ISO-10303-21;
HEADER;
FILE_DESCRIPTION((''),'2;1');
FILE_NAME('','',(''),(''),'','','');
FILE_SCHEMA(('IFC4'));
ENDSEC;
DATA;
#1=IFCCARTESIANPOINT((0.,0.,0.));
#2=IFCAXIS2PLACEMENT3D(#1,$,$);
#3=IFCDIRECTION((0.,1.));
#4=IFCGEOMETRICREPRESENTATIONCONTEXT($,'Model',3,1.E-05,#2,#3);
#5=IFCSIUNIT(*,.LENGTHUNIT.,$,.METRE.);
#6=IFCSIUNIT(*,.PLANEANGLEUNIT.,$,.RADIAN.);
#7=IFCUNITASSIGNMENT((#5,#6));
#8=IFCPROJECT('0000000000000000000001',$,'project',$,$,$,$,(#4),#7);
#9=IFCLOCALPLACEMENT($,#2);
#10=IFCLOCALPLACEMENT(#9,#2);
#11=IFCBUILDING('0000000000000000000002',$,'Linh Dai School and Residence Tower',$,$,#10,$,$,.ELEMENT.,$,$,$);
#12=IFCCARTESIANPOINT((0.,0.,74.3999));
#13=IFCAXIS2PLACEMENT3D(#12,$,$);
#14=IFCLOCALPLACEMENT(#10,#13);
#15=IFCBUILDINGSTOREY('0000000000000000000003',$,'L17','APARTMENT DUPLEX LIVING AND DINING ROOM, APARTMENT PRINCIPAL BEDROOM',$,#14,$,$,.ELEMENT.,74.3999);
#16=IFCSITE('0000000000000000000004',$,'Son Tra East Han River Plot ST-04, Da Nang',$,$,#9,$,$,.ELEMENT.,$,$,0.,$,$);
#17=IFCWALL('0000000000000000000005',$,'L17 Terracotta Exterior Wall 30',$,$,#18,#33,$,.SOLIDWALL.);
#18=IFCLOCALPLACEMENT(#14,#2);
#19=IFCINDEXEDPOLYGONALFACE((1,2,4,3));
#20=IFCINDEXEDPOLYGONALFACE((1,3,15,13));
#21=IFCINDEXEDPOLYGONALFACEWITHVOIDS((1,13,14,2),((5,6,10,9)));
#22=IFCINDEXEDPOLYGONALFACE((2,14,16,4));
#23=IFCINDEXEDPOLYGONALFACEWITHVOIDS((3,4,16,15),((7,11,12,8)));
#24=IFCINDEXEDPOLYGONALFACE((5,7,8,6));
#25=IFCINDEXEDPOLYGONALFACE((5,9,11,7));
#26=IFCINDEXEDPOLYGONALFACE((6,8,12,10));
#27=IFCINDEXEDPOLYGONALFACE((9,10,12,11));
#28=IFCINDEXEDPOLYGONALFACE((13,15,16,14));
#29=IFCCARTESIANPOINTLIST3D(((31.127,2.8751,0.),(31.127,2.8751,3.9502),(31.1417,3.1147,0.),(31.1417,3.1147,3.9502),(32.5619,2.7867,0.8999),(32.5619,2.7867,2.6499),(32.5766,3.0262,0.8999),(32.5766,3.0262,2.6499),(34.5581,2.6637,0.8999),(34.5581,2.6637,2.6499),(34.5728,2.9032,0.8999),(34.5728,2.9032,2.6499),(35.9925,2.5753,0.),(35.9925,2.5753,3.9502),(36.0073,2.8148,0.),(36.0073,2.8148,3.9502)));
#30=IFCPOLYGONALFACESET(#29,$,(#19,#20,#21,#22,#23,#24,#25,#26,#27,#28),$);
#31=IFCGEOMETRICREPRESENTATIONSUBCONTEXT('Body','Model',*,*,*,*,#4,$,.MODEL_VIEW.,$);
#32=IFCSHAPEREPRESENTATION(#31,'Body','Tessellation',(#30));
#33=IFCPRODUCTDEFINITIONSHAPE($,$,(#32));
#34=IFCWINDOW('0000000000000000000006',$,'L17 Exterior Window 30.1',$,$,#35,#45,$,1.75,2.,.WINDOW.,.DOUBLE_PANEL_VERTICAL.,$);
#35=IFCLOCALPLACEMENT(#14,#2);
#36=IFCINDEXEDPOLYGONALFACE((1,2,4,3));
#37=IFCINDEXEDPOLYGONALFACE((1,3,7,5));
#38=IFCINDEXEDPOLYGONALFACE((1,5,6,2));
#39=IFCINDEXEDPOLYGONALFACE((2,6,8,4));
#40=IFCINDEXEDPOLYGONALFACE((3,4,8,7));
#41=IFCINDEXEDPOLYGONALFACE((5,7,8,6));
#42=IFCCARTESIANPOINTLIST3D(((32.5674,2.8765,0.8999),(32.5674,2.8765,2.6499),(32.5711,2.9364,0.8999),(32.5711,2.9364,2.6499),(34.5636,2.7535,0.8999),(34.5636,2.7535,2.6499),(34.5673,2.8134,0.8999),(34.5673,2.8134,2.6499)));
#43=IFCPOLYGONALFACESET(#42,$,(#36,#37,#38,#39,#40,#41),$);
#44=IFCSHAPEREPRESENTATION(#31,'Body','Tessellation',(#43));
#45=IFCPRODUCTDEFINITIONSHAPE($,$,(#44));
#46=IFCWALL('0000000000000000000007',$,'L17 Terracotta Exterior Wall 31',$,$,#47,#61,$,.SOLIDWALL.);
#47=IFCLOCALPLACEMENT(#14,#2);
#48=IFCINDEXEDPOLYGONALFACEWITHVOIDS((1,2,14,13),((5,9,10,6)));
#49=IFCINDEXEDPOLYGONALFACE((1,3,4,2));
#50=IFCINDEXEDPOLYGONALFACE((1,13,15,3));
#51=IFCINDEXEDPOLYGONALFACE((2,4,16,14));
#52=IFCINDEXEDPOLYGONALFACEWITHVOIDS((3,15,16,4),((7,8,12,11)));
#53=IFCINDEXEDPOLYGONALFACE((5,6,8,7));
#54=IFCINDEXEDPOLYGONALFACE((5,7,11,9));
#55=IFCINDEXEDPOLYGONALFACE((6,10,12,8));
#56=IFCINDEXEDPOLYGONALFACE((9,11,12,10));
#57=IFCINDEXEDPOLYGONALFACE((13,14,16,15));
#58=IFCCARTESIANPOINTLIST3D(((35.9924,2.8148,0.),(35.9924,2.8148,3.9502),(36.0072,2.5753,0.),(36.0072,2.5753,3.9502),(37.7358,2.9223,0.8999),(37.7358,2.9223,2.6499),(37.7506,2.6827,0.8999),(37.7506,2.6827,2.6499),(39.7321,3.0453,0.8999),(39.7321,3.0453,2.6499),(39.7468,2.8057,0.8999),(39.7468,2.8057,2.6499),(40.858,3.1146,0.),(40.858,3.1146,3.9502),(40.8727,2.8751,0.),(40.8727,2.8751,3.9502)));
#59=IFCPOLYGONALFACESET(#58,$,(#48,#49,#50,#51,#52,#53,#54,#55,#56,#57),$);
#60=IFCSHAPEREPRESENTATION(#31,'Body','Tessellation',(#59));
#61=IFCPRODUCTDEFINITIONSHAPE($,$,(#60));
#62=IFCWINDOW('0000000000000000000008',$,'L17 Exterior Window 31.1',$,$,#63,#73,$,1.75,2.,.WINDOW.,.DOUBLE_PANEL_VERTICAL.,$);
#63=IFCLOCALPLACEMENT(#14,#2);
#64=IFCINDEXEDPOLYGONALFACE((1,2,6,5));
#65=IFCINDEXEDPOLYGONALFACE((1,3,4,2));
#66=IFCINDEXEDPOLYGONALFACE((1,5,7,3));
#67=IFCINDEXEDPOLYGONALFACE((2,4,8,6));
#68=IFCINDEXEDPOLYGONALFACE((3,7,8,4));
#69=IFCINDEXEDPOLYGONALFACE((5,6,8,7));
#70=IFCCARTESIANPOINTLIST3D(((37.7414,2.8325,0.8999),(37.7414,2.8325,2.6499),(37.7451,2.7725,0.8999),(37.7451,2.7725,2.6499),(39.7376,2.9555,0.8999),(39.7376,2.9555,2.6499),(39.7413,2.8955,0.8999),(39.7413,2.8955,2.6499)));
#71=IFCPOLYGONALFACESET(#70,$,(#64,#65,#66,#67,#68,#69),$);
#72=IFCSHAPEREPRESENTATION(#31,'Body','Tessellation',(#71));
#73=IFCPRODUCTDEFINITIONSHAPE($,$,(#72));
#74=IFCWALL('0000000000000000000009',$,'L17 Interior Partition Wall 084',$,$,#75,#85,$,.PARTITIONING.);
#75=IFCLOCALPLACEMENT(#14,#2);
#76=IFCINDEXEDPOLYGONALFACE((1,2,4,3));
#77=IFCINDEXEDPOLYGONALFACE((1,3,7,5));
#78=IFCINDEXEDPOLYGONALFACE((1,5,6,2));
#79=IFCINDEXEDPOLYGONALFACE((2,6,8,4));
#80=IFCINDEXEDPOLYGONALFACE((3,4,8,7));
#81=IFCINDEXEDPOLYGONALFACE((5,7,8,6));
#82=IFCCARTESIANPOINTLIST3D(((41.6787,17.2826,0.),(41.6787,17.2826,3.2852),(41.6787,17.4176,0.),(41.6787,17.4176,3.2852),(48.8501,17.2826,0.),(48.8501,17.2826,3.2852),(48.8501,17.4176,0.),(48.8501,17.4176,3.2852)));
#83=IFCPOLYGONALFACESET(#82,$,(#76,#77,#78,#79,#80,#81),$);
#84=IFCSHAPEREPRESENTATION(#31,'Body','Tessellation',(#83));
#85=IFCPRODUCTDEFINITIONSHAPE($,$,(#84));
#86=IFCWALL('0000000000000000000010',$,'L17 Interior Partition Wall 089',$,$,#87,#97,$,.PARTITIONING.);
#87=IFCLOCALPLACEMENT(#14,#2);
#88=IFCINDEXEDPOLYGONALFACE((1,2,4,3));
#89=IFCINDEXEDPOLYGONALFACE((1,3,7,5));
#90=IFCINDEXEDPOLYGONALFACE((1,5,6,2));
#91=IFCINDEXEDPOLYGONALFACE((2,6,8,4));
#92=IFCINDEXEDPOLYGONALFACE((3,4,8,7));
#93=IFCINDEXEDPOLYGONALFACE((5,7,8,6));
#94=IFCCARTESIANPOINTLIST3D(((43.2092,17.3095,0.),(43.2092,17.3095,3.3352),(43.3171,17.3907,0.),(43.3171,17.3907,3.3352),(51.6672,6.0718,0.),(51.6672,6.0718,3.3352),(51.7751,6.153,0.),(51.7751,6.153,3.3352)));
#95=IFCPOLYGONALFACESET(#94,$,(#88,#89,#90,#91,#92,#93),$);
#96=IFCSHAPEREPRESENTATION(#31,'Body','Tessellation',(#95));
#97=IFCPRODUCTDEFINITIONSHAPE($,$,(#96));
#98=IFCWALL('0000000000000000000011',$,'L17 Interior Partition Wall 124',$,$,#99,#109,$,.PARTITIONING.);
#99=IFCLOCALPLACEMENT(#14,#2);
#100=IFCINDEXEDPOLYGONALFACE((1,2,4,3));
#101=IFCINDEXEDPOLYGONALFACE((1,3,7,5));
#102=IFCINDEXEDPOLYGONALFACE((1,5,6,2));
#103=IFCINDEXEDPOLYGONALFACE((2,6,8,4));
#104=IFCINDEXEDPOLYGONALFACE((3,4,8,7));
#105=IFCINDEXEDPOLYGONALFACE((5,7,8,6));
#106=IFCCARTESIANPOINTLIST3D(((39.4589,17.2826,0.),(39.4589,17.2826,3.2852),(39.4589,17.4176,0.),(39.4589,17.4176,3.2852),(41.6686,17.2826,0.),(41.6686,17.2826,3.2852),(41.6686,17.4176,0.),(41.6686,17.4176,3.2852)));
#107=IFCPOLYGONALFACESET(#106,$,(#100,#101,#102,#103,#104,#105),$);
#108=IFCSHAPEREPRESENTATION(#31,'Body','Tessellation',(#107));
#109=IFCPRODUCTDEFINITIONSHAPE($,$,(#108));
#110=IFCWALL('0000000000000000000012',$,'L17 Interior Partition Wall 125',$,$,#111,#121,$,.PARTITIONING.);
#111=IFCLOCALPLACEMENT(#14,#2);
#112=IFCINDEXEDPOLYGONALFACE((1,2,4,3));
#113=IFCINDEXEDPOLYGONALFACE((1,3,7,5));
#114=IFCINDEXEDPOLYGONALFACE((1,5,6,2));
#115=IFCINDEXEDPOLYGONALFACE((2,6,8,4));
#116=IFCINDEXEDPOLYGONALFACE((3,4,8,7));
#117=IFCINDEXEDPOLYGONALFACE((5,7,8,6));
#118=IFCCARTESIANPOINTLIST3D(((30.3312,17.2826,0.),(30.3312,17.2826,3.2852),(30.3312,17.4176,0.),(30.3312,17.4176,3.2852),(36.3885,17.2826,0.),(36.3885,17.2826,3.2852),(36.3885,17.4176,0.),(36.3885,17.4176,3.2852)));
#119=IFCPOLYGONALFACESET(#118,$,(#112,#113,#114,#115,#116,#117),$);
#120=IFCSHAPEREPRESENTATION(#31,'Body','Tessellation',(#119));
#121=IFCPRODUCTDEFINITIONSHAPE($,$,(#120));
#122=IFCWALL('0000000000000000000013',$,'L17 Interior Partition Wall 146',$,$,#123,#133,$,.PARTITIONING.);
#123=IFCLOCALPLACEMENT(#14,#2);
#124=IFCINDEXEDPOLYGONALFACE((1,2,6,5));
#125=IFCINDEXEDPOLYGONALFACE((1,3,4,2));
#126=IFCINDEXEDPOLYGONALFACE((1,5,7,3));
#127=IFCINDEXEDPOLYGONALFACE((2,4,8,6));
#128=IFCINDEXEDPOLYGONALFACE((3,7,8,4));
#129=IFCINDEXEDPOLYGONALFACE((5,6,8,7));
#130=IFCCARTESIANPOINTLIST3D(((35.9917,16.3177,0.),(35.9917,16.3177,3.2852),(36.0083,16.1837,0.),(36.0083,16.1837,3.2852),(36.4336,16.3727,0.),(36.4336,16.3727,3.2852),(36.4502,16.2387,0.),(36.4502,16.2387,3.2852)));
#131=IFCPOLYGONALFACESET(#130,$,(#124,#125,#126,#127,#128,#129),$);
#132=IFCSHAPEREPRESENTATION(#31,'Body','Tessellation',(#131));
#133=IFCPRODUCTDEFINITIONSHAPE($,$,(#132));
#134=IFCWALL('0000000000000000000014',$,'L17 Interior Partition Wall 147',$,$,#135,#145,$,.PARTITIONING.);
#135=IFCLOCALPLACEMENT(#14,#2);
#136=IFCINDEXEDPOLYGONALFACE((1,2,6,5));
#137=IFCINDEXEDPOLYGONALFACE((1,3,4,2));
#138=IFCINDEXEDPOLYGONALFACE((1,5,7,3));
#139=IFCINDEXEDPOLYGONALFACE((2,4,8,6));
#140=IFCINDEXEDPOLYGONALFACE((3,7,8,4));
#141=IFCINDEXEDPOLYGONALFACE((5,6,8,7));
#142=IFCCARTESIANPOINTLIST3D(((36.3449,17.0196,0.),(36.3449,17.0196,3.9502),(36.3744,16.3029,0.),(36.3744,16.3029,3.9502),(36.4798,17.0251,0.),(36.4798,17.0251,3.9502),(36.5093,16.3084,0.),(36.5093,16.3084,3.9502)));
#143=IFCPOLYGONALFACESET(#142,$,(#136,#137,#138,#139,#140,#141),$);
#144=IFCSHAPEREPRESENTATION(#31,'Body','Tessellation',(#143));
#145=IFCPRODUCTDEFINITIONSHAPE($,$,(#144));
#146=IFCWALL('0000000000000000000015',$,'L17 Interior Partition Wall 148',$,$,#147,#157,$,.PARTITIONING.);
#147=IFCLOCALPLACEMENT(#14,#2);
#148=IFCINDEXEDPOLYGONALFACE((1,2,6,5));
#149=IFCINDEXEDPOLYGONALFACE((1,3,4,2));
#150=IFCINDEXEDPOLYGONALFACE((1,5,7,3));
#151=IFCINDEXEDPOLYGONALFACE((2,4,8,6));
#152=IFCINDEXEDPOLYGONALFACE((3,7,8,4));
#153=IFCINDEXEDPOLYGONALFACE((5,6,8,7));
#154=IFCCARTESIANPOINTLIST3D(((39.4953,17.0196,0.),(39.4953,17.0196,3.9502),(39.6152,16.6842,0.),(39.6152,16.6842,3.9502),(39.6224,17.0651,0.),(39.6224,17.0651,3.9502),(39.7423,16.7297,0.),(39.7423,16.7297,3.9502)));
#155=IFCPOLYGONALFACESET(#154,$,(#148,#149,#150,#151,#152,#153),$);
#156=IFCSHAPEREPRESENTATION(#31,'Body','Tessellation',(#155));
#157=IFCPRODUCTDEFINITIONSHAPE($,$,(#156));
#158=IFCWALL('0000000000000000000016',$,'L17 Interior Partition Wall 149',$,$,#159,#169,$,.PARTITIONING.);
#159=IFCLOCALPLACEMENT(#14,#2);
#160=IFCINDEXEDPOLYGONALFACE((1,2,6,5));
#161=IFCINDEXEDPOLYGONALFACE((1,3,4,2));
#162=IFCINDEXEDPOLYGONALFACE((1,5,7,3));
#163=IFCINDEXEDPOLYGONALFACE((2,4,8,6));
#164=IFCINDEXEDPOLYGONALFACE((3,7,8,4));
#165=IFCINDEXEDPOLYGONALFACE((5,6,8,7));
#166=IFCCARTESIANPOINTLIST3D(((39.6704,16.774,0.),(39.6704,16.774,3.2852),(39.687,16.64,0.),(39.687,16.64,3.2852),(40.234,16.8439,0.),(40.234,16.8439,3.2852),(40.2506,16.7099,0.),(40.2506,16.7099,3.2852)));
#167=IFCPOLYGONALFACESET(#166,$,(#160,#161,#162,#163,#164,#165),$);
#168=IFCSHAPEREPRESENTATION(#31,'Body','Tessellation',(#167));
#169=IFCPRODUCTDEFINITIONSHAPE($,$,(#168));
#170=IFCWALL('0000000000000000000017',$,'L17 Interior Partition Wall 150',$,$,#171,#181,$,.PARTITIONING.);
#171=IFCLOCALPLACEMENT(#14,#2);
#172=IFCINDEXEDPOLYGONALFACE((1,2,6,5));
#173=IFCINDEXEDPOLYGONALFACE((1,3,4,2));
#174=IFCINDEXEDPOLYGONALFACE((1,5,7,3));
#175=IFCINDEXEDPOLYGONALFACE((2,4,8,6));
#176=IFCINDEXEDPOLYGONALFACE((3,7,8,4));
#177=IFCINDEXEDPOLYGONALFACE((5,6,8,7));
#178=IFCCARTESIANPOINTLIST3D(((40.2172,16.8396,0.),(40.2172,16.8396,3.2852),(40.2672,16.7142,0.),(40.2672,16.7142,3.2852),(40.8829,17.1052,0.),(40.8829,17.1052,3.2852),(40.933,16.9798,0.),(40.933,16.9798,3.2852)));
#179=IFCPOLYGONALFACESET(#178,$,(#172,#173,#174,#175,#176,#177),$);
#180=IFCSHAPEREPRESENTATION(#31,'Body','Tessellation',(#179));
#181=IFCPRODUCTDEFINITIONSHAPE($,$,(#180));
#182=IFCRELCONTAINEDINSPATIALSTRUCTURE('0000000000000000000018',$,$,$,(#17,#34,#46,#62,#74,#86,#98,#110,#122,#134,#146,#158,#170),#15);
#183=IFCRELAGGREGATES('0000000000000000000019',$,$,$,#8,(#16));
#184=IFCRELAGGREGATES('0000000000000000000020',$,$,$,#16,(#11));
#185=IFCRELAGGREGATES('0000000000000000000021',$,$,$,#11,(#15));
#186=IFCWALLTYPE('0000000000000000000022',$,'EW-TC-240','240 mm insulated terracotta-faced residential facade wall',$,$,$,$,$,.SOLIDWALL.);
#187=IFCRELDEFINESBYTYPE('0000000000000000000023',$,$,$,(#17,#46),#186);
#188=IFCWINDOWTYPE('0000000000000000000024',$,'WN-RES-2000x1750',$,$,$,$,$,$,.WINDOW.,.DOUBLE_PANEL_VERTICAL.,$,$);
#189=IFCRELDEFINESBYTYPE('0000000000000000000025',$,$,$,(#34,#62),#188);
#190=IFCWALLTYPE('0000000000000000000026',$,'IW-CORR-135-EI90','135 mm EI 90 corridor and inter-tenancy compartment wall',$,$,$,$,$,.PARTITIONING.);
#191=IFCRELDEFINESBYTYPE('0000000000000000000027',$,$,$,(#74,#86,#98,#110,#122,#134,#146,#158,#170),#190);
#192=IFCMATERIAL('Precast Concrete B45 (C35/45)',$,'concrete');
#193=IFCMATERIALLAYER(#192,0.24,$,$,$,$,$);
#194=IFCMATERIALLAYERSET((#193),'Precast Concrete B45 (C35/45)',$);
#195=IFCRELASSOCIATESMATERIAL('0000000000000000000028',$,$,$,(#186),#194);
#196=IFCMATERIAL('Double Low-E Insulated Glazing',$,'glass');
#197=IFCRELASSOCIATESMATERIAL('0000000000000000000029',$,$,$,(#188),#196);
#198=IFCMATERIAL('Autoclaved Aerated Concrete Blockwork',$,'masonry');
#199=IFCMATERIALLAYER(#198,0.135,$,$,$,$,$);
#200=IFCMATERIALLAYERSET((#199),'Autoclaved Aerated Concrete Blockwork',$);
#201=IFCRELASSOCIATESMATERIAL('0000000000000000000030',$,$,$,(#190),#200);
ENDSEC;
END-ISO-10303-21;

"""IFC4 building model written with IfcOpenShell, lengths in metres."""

from ifc_helpers import new_model, si_unit, direction, frame, frame_2d, origin, origin_2d, place, context, subcontext, project, spatial, rectangle, extrude, source, transform, mapped, material, layer, layer_set, type_object, element, fill, save


model = new_model("IFC4")

# Units and contexts
model_context = context("Model", 3, precision=1e-05, world=origin(), true_north=direction((0.0, 1.0)))
body_context = subcontext(model_context, "Body", "Model", "MODEL_VIEW")
ifc_project = project(units=[si_unit("LENGTHUNIT", "METRE"), si_unit("PLANEANGLEUNIT", "RADIAN")], contexts=[model_context])

# Site, building, storey
site_placement = place(None, origin())
site = spatial("IfcSite", under=ifc_project, at=site_placement, Name="Son Tra East Han River Plot ST-04, Da Nang", CompositionType="ELEMENT", RefElevation=0.0)
building_placement = place(site_placement, origin())
building = spatial("IfcBuilding", under=site, at=building_placement, Name="Linh Dai School and Residence Tower", CompositionType="ELEMENT")
storey_placement = place(building_placement, frame((0.0, 0.0, 74.3999)))
storey = spatial("IfcBuildingStorey", under=building, at=storey_placement, Name="L17", Description="APARTMENT DUPLEX LIVING AND DINING ROOM, APARTMENT PRINCIPAL BEDROOM", CompositionType="ELEMENT", Elevation=74.3999)

# Walls, openings, windows
ifc_material_1 = material(Name="Precast Concrete B45 (C35/45)", Category="concrete")
ifc_layer_1 = layer(ifc_material_1, 0.24)
ifc_layer_set_1 = layer_set([ifc_layer_1], Name="Precast Concrete B45 (C35/45)")
wall_type_1 = type_object("IfcWallType", Name="EW-TC-240", Description="240 mm insulated terracotta-faced residential facade wall", PredefinedType="SOLIDWALL", material=ifc_layer_set_1)
wall_1_placement = place(storey_placement, frame((36.0, 2.6951, 0.0), z_axis=(0.0, 0.0, 1.0), x_axis=(-0.998107, 0.061502, 0.0)))
wall_1 = element("IfcWall", 1, at=wall_1_placement, inside=storey, type_object=wall_type_1, Name="L17 Terracotta Exterior Wall 30", PredefinedType="SOLIDWALL", context=body_context, shape_type="SweptSolid", body=[
    extrude(rectangle(XDim=4.8748, YDim=0.24, at=frame_2d((2.4375, 0.0))), origin(), (0.0, 0.0, 1.0), 3.9502),
])
opening_1_placement = place(wall_1_placement, frame((1.4373, 0.0, 0.8999)))
opening_1 = element("IfcOpeningElement", 2, at=opening_1_placement, cuts=wall_1, PredefinedType="OPENING", context=body_context, shape_type="SweptSolid", body=[
    extrude(rectangle(XDim=2.0, YDim=1.75, at=origin_2d()), frame((1.0, 0.1299, 0.875), z_axis=(0.0, -1.0, 0.0), x_axis=(1.0, 0.0, 0.0)), (0.0, 0.0, 1.0), 0.26),
])
ifc_material_2 = material(Name="Double Low-E Insulated Glazing", Category="glass")
window_type = type_object("IfcWindowType", Name="WN-RES-2000x1750", PartitioningType="DOUBLE_PANEL_VERTICAL", PredefinedType="WINDOW", material=ifc_material_2)
shared_shape_1 = source(origin(), body_context, "Body", "SweptSolid", [
    extrude(rectangle(XDim=2.0, YDim=1.75, at=origin_2d()), frame((1.0, 0.03, 0.875), z_axis=(0.0, -1.0, 0.0), x_axis=(1.0, 0.0, 0.0)), (0.0, 0.0, 1.0), 0.0601),
])
window_1_placement = place(opening_1_placement, origin())
window_1 = element("IfcWindow", 3, at=window_1_placement, inside=storey, type_object=window_type, Name="L17 Exterior Window 30.1", OverallHeight=1.75, OverallWidth=2.0, PartitioningType="DOUBLE_PANEL_VERTICAL", PredefinedType="WINDOW", context=body_context, shape_type="MappedRepresentation", body=[
    mapped(shared_shape_1, transform((0.0, 0.0, 0.0), x_axis=(1.0, 0.0, 0.0), y_axis=(0.0, 1.0, 0.0), z_axis=(0.0, 0.0, 1.0), scale=1.0)),
])
fill(opening_1, window_1)
wall_2_placement = place(storey_placement, frame((40.8655, 2.9949, 0.0), z_axis=(0.0, 0.0, 1.0), x_axis=(-0.998107, -0.061502, 0.0)))
wall_2 = element("IfcWall", 4, at=wall_2_placement, inside=storey, type_object=wall_type_1, Name="L17 Terracotta Exterior Wall 31", PredefinedType="SOLIDWALL", context=body_context, shape_type="SweptSolid", body=[
    extrude(rectangle(XDim=4.8748, YDim=0.24, at=frame_2d((2.4375, 0.0))), origin(), (0.0, 0.0, 1.0), 3.9502),
])
opening_2_placement = place(wall_2_placement, frame((1.1282, 0.0, 0.8999)))
opening_2 = element("IfcOpeningElement", 5, at=opening_2_placement, cuts=wall_2, PredefinedType="OPENING", context=body_context, shape_type="SweptSolid", body=[
    extrude(rectangle(XDim=2.0, YDim=1.75, at=origin_2d()), frame((1.0, 0.1299, 0.875), z_axis=(0.0, -1.0, 0.0), x_axis=(1.0, 0.0, 0.0)), (0.0, 0.0, 1.0), 0.26),
])
window_2_placement = place(opening_2_placement, origin())
window_2 = element("IfcWindow", 6, at=window_2_placement, inside=storey, type_object=window_type, Name="L17 Exterior Window 31.1", OverallHeight=1.75, OverallWidth=2.0, PartitioningType="DOUBLE_PANEL_VERTICAL", PredefinedType="WINDOW", context=body_context, shape_type="MappedRepresentation", body=[
    mapped(shared_shape_1, transform((0.0, 0.0, 0.0), x_axis=(1.0, 0.0, 0.0), y_axis=(0.0, 1.0, 0.0), z_axis=(0.0, 0.0, 1.0), scale=1.0)),
])
fill(opening_2, window_2)

# Shared definitions
ifc_material_3 = material(Name="Autoclaved Aerated Concrete Blockwork", Category="masonry")
ifc_layer_2 = layer(ifc_material_3, 0.135)
ifc_layer_set_2 = layer_set([ifc_layer_2], Name="Autoclaved Aerated Concrete Blockwork")
wall_type_2 = type_object("IfcWallType", Name="IW-CORR-135-EI90", Description="135 mm EI 90 corridor and inter-tenancy compartment wall", PredefinedType="PARTITIONING", material=ifc_layer_set_2)

# Walls
wall_3_placement = place(storey_placement, frame((41.6787, 17.3501, 0.0), z_axis=(0.0, 0.0, 1.0), x_axis=(1.0, 0.0, 0.0)))
element("IfcWall", 7, at=wall_3_placement, inside=storey, type_object=wall_type_2, Name="L17 Interior Partition Wall 084", PredefinedType="PARTITIONING", context=body_context, shape_type="SweptSolid", body=[
    extrude(rectangle(XDim=7.1714, YDim=0.135, at=frame_2d((3.5857, 0.0))), origin(), (0.0, 0.0, 1.0), 3.2852),
])
wall_4_placement = place(storey_placement, frame((43.2632, 17.3501, 0.0), z_axis=(0.0, 0.0, 1.0), x_axis=(0.601349, -0.798987, 0.0)))
element("IfcWall", 8, at=wall_4_placement, inside=storey, type_object=wall_type_2, Name="L17 Interior Partition Wall 089", PredefinedType="PARTITIONING", context=body_context, shape_type="SweptSolid", body=[
    extrude(rectangle(XDim=14.0649, YDim=0.135, at=frame_2d((7.0325, 0.0))), origin(), (0.0, 0.0, 1.0), 3.3352),
])
wall_5_placement = place(storey_placement, frame((41.6687, 17.3501, 0.0), z_axis=(0.0, 0.0, 1.0), x_axis=(-1.0, 0.0, 0.0)))
element("IfcWall", 9, at=wall_5_placement, inside=storey, type_object=wall_type_2, Name="L17 Interior Partition Wall 124", PredefinedType="PARTITIONING", context=body_context, shape_type="SweptSolid", body=[
    extrude(rectangle(XDim=2.2097, YDim=0.135, at=frame_2d((1.105, 0.0))), origin(), (0.0, 0.0, 1.0), 3.2852),
])
wall_6_placement = place(storey_placement, frame((36.3887, 17.3501, 0.0), z_axis=(0.0, 0.0, 1.0), x_axis=(-1.0, 0.0, 0.0)))
element("IfcWall", 10, at=wall_6_placement, inside=storey, type_object=wall_type_2, Name="L17 Interior Partition Wall 125", PredefinedType="PARTITIONING", context=body_context, shape_type="SweptSolid", body=[
    extrude(rectangle(XDim=6.0574, YDim=0.135, at=frame_2d((3.0288, 0.0))), origin(), (0.0, 0.0, 1.0), 3.2852),
])
wall_7_placement = place(storey_placement, frame((36.0, 16.2507, 0.0), z_axis=(0.0, 0.0, 1.0), x_axis=(0.992362, 0.12336, 0.0)))
element("IfcWall", 11, at=wall_7_placement, inside=storey, type_object=wall_type_2, Name="L17 Interior Partition Wall 146", PredefinedType="PARTITIONING", context=body_context, shape_type="SweptSolid", body=[
    extrude(rectangle(XDim=0.4453, YDim=0.135, at=frame_2d((0.2227, 0.0))), origin(), (0.0, 0.0, 1.0), 3.2852),
])
wall_8_placement = place(storey_placement, frame((36.4419, 16.3057, 0.0), z_axis=(0.0, 0.0, 1.0), x_axis=(-0.041178, 0.999152, 0.0)))
element("IfcWall", 12, at=wall_8_placement, inside=storey, type_object=wall_type_2, Name="L17 Interior Partition Wall 147", PredefinedType="PARTITIONING", context=body_context, shape_type="SweptSolid", body=[
    extrude(rectangle(XDim=0.7173, YDim=0.135, at=frame_2d((0.3586, 0.0))), origin(), (0.0, 0.0, 1.0), 3.9502),
])
wall_9_placement = place(storey_placement, frame((39.5588, 17.0425, 0.0), z_axis=(0.0, 0.0, 1.0), x_axis=(0.33651, -0.94168, 0.0)))
element("IfcWall", 13, at=wall_9_placement, inside=storey, type_object=wall_type_2, Name="L17 Interior Partition Wall 148", PredefinedType="PARTITIONING", context=body_context, shape_type="SweptSolid", body=[
    extrude(rectangle(XDim=0.3562, YDim=0.135, at=frame_2d((0.1782, 0.0))), origin(), (0.0, 0.0, 1.0), 3.9502),
])
wall_10_placement = place(storey_placement, frame((39.6787, 16.707, 0.0), z_axis=(0.0, 0.0, 1.0), x_axis=(0.99241, 0.122976, 0.0)))
element("IfcWall", 14, at=wall_10_placement, inside=storey, type_object=wall_type_2, Name="L17 Interior Partition Wall 149", PredefinedType="PARTITIONING", context=body_context, shape_type="SweptSolid", body=[
    extrude(rectangle(XDim=0.5679, YDim=0.135, at=frame_2d((0.2839, 0.0))), origin(), (0.0, 0.0, 1.0), 3.2852),
])
wall_11_placement = place(storey_placement, frame((40.2422, 16.7769, 0.0), z_axis=(0.0, 0.0, 1.0), x_axis=(0.928805, 0.370568, 0.0)))
element("IfcWall", 15, at=wall_11_placement, inside=storey, type_object=wall_type_2, Name="L17 Interior Partition Wall 150", PredefinedType="PARTITIONING", context=body_context, shape_type="SweptSolid", body=[
    extrude(rectangle(XDim=0.7168, YDim=0.135, at=frame_2d((0.3584, 0.0))), origin(), (0.0, 0.0, 1.0), 3.2852),
])

save(model, "model.ifc")
